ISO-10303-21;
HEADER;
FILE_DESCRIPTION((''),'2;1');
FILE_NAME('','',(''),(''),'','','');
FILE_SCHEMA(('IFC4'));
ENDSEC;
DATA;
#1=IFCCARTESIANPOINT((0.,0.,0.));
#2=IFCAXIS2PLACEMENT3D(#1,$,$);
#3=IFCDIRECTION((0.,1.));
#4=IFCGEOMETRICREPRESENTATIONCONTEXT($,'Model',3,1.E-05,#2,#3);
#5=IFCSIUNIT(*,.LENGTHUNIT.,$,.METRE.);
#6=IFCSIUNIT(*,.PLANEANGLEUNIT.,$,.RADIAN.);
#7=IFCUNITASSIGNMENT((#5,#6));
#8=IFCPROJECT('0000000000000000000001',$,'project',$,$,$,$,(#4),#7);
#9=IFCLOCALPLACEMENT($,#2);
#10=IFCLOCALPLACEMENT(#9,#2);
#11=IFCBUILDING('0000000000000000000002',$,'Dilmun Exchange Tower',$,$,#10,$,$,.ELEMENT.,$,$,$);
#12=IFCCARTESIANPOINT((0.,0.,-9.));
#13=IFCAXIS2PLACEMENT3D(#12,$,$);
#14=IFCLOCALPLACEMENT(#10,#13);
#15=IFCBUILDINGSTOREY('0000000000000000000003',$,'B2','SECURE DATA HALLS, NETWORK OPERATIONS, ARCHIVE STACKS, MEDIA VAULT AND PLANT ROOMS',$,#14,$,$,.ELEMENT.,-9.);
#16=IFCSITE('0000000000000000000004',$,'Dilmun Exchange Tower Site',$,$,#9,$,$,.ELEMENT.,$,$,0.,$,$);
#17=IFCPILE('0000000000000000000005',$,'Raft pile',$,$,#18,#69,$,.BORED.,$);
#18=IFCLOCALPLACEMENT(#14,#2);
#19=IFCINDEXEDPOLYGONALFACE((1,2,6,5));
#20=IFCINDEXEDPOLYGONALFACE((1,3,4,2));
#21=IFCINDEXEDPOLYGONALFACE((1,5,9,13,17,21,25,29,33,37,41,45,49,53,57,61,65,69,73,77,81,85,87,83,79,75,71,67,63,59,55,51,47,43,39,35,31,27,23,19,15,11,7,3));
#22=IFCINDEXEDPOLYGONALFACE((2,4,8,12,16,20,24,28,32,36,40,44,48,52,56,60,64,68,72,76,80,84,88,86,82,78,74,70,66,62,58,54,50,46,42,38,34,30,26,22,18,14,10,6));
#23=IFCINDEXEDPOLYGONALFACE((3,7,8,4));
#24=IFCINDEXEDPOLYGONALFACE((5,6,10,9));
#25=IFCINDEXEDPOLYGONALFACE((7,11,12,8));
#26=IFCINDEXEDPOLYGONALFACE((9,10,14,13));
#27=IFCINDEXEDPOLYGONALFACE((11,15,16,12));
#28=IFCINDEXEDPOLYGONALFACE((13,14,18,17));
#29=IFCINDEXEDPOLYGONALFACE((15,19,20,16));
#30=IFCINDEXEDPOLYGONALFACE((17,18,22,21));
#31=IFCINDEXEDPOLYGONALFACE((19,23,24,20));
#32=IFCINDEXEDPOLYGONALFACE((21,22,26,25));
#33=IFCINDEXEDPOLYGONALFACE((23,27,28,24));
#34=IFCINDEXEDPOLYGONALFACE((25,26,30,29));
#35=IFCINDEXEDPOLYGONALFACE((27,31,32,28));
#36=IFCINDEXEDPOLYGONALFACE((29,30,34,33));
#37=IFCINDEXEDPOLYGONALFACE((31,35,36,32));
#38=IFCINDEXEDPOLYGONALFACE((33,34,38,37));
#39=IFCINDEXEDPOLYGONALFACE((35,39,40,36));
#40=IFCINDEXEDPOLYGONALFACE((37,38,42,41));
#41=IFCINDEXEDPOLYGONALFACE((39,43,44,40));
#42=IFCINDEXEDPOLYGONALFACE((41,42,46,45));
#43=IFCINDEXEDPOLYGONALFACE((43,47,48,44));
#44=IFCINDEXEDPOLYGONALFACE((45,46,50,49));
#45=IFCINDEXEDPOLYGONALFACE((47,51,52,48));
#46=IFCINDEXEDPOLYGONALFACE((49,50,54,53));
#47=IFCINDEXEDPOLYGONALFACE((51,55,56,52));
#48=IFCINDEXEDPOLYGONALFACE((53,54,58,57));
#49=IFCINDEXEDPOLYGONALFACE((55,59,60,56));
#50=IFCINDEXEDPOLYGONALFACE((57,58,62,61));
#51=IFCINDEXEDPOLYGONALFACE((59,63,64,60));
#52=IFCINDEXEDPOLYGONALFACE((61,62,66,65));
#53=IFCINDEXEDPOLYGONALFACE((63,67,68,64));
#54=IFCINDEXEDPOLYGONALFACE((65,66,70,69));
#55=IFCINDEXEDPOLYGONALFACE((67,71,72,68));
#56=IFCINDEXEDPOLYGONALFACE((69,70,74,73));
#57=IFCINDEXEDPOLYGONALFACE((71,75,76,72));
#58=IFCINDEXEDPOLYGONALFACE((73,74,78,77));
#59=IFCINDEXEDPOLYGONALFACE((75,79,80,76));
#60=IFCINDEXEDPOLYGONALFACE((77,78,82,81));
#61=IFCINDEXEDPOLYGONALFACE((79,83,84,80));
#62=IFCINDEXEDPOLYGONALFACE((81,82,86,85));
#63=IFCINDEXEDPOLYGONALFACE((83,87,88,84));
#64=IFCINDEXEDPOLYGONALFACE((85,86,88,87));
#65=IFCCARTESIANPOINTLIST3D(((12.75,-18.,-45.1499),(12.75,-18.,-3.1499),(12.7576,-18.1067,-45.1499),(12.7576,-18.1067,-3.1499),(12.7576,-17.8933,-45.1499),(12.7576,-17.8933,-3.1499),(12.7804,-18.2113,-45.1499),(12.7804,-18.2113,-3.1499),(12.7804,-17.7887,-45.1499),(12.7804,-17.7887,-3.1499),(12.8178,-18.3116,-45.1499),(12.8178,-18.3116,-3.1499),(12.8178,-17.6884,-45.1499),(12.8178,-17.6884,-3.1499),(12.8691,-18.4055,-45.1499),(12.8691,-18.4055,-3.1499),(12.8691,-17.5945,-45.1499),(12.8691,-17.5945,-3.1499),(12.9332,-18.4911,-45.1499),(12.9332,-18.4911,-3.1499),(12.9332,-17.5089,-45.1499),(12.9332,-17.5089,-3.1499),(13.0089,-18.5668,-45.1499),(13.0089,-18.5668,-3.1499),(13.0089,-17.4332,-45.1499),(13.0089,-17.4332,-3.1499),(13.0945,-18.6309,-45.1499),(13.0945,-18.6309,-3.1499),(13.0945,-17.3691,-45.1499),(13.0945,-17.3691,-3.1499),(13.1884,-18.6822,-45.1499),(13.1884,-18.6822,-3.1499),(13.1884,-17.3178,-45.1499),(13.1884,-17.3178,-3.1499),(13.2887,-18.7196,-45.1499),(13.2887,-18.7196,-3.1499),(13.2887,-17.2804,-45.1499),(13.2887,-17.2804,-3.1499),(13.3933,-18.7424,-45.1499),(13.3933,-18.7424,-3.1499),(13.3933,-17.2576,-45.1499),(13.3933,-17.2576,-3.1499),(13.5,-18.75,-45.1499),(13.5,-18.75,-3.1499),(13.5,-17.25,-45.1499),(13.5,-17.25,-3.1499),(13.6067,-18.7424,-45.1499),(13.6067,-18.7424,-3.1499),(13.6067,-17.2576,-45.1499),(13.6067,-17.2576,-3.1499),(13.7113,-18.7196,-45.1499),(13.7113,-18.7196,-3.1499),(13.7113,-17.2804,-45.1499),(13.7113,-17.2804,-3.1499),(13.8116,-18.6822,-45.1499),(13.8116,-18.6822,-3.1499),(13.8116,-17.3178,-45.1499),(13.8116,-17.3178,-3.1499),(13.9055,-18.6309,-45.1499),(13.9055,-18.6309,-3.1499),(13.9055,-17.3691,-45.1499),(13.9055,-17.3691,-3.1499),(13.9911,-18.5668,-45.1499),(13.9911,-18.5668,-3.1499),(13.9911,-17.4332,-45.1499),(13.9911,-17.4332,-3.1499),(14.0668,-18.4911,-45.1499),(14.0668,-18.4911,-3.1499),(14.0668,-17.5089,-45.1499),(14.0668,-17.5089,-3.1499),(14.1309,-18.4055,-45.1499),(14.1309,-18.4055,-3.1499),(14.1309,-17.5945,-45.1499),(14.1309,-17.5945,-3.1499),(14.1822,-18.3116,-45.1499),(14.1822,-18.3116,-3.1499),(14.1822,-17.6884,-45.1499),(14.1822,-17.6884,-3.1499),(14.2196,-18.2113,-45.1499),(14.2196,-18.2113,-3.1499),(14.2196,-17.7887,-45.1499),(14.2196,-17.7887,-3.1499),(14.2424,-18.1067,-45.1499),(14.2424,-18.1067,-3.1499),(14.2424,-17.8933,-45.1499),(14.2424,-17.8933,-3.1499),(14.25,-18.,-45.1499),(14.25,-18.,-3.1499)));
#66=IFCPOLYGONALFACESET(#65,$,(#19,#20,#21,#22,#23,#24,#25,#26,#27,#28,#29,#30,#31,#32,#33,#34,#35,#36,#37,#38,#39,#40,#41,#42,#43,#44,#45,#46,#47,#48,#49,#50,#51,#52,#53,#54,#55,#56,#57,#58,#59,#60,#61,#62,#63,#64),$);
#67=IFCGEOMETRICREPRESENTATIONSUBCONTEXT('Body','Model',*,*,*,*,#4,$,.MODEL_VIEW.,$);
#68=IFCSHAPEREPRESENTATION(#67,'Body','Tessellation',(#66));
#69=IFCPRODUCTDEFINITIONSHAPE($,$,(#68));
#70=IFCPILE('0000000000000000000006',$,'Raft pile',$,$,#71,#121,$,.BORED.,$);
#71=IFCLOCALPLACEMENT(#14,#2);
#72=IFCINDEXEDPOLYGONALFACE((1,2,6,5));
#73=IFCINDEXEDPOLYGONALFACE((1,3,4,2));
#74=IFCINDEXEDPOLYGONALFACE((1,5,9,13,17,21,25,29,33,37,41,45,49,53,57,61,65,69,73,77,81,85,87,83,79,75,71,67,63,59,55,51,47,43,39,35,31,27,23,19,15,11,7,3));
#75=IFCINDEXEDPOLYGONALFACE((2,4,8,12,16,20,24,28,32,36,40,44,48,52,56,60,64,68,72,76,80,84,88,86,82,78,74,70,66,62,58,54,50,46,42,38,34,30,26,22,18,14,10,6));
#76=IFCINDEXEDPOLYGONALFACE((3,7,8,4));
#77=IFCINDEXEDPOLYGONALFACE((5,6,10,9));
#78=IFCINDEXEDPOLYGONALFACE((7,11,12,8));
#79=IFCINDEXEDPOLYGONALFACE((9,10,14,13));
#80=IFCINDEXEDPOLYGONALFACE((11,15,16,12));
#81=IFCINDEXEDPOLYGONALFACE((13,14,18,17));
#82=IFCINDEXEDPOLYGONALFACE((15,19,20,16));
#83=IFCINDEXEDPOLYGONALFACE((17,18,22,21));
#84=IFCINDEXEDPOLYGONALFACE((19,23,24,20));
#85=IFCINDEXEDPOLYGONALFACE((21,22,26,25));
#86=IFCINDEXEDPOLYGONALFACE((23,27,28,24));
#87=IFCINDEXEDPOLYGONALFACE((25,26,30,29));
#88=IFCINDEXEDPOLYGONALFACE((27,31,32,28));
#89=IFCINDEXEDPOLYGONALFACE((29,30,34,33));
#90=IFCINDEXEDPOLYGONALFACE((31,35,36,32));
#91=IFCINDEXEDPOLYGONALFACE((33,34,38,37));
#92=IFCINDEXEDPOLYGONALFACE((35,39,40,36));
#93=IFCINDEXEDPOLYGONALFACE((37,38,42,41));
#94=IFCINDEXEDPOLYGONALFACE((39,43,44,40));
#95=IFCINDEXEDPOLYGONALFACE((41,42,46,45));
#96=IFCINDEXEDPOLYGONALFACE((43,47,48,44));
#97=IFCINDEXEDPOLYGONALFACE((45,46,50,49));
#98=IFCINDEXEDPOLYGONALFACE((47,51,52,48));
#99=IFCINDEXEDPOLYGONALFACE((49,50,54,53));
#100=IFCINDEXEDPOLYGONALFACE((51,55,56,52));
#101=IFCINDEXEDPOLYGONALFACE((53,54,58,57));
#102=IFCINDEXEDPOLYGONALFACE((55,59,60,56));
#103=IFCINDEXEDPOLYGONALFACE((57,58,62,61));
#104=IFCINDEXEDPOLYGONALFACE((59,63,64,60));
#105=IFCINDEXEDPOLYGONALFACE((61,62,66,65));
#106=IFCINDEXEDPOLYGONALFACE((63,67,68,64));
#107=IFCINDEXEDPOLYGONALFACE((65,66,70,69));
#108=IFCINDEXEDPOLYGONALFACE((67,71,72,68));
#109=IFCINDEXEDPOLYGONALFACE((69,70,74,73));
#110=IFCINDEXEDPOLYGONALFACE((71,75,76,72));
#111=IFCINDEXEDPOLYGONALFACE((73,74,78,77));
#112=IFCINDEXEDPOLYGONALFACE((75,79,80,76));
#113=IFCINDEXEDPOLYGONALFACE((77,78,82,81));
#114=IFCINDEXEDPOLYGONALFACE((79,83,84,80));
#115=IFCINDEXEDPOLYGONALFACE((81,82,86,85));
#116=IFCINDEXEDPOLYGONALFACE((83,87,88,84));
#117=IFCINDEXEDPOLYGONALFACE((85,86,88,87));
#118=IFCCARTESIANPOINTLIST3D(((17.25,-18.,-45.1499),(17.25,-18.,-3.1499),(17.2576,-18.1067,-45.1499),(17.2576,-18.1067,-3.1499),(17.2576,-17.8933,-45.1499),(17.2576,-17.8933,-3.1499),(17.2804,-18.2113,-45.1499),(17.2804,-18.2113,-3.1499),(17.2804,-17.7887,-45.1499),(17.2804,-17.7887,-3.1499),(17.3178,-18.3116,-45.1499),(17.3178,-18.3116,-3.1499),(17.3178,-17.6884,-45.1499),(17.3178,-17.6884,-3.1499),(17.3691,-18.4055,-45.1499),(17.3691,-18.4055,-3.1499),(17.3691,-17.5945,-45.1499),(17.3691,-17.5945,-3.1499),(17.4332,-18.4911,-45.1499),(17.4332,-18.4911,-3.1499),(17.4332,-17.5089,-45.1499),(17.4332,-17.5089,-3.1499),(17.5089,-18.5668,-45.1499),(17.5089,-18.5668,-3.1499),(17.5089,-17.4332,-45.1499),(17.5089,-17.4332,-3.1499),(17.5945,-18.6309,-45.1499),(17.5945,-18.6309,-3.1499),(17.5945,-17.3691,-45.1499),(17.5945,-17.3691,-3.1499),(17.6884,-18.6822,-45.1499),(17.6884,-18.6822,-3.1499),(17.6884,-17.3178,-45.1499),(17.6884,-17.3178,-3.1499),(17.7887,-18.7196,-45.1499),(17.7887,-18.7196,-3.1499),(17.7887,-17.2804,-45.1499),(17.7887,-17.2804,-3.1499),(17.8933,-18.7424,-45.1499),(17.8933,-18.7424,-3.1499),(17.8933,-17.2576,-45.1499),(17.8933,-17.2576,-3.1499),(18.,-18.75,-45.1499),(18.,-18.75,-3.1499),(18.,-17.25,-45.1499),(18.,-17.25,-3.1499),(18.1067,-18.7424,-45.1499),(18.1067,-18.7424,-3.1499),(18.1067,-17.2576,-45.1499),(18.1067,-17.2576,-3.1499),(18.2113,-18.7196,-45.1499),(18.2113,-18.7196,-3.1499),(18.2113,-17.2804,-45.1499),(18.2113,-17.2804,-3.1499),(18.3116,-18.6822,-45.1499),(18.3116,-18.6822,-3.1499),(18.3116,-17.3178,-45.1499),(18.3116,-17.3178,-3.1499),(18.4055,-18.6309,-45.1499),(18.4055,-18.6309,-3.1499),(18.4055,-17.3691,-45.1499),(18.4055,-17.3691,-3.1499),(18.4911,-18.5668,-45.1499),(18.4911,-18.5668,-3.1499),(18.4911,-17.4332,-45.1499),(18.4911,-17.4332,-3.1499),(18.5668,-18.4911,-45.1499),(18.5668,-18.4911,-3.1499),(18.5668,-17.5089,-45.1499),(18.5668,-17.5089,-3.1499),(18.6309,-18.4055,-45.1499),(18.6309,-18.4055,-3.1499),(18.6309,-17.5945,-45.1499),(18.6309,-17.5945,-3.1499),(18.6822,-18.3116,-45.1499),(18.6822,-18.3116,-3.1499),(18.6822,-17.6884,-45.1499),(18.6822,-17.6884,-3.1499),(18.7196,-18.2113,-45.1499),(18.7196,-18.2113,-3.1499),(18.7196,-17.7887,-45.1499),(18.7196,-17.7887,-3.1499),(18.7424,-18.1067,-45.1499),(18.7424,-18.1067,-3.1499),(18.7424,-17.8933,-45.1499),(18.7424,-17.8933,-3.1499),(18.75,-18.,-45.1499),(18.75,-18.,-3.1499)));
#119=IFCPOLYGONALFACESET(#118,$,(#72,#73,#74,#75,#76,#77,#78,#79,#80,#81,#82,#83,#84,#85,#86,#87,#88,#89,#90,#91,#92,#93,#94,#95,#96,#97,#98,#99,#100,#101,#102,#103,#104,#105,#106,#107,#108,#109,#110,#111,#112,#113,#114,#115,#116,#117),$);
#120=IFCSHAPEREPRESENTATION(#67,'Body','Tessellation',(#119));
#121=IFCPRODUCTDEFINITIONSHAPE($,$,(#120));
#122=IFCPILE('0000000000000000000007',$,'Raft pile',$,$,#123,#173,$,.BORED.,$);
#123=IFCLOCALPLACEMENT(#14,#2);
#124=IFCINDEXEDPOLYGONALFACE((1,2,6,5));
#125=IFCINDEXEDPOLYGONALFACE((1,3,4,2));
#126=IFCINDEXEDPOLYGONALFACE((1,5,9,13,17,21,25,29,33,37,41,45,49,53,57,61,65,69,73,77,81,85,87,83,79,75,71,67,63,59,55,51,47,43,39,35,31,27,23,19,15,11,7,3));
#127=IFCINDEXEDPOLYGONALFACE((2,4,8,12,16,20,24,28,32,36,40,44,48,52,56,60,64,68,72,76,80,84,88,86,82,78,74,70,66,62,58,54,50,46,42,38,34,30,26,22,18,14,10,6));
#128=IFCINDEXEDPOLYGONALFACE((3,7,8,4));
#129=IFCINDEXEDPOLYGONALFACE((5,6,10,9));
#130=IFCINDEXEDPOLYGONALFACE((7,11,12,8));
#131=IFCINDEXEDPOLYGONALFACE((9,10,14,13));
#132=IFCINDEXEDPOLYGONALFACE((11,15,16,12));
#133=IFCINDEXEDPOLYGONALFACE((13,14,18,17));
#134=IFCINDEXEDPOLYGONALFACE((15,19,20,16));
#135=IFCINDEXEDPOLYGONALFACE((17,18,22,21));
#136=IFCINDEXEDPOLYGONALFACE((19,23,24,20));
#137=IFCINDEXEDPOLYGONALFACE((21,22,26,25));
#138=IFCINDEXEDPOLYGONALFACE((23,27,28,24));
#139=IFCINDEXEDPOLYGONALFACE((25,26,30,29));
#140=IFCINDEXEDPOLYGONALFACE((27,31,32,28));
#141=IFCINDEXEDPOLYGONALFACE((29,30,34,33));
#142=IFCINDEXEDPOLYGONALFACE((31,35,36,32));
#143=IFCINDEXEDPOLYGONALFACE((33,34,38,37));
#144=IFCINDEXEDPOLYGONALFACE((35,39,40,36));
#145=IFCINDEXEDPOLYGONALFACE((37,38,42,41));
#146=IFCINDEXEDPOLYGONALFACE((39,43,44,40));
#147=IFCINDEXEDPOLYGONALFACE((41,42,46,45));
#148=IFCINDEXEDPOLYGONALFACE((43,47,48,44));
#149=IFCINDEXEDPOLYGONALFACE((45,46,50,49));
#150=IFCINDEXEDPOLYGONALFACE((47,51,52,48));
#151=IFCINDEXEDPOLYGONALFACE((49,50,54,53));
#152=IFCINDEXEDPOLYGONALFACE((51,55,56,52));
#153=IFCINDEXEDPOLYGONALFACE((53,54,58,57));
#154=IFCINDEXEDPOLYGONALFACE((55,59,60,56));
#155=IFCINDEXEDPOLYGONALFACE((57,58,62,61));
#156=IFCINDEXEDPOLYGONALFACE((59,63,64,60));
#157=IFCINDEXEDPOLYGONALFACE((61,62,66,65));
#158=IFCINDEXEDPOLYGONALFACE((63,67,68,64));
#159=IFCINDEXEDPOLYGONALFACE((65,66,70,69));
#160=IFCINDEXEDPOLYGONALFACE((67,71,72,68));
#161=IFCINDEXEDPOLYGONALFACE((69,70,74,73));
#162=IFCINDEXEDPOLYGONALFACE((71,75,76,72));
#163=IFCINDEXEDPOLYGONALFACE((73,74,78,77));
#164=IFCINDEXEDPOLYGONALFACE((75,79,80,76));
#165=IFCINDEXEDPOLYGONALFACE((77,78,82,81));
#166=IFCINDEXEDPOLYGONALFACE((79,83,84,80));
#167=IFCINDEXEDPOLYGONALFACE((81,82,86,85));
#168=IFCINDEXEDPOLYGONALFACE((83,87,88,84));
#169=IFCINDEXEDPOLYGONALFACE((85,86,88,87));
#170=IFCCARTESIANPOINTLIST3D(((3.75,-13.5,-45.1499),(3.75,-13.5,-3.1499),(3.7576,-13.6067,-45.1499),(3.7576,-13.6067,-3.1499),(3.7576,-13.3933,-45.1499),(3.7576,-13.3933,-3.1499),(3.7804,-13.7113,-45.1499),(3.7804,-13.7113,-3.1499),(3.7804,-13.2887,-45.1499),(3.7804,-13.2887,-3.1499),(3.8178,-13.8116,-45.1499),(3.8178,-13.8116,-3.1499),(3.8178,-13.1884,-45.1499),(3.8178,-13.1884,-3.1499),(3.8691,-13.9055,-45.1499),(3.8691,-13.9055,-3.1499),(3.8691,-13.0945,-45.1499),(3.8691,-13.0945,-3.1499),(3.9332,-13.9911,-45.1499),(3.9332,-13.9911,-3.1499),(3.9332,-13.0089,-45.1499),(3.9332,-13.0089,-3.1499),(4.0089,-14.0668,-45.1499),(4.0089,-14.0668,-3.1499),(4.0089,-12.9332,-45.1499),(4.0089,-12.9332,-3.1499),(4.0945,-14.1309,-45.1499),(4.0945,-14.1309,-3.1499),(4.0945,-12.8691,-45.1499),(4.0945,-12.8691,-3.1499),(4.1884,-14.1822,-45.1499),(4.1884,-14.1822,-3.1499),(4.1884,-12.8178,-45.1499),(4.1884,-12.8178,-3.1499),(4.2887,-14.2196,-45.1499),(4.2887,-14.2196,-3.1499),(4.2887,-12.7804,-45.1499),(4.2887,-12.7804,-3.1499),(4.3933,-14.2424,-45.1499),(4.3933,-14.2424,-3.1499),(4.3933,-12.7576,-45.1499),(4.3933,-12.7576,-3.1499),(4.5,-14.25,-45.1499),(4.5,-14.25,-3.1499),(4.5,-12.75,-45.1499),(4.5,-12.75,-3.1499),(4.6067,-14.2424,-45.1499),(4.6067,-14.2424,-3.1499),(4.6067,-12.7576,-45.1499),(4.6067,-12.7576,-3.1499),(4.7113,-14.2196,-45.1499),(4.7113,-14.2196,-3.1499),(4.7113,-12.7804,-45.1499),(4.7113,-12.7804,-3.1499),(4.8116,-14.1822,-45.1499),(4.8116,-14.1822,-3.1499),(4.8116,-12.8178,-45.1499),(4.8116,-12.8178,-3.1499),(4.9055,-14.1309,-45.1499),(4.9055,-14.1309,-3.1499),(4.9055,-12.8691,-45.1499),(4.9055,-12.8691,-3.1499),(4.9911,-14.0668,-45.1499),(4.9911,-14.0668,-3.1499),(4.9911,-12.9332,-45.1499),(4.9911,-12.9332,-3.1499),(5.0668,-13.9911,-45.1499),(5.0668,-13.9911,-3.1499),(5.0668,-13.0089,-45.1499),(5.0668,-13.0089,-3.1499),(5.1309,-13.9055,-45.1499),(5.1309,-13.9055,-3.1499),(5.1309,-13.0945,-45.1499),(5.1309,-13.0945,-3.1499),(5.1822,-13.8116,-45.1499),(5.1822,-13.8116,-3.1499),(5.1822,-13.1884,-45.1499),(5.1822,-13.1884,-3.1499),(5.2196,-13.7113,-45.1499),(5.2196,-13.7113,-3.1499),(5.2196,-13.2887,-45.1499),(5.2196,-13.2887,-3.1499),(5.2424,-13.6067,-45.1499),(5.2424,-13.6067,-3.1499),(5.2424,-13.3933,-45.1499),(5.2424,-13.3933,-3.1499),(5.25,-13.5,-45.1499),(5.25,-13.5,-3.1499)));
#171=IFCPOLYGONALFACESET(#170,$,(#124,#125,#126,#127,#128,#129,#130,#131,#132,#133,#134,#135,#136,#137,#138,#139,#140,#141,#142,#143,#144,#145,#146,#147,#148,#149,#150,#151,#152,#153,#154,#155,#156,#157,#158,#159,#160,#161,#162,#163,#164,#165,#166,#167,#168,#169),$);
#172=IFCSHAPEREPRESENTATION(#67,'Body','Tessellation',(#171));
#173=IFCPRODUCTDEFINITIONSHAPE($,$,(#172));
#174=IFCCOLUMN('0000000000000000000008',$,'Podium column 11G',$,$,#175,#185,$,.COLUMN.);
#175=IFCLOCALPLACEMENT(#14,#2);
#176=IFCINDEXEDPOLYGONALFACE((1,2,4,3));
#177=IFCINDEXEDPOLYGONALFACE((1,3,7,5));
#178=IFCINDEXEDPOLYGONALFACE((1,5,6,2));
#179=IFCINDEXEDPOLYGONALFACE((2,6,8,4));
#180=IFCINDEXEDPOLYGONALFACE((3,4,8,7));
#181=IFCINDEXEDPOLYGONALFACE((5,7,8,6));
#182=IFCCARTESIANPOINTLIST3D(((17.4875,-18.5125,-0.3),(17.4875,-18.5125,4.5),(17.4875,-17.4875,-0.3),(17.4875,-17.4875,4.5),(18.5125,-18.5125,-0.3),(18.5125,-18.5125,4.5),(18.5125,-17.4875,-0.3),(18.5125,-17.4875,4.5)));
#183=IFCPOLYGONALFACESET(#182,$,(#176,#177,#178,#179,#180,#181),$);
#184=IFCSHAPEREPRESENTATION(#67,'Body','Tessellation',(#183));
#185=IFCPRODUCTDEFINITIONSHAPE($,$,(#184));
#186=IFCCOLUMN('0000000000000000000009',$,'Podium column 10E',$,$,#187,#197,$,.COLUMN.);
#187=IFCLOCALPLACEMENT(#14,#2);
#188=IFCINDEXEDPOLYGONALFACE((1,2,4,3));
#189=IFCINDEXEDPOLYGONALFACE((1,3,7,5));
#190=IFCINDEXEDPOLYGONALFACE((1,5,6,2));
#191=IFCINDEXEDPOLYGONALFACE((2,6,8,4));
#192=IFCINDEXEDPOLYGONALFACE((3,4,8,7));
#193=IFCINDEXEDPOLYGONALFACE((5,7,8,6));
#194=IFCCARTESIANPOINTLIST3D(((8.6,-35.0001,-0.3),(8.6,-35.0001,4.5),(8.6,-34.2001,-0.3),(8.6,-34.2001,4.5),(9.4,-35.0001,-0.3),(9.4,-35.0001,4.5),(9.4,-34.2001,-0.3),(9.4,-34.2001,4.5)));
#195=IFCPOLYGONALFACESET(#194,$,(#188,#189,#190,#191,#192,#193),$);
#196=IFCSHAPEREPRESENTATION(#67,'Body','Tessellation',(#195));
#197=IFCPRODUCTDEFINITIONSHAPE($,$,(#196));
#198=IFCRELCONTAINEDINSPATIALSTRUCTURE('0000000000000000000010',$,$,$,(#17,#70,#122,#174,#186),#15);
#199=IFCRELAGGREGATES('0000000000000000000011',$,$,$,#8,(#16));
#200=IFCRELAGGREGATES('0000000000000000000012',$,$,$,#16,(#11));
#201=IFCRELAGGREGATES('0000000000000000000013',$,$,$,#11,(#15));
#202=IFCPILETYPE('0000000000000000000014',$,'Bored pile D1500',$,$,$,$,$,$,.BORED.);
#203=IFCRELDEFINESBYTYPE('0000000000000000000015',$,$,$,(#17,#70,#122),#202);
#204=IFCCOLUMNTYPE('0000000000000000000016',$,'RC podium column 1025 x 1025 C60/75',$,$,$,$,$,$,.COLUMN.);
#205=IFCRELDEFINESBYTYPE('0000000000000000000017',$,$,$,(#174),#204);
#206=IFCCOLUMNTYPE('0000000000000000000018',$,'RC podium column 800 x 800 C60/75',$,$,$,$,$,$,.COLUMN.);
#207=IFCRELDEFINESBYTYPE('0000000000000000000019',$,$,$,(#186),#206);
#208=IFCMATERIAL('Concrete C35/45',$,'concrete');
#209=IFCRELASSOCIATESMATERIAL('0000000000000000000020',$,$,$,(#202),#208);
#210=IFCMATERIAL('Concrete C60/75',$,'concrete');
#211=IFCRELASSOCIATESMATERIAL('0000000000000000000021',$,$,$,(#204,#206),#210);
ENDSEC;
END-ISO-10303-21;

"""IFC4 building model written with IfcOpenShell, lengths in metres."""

from ifc_helpers import new_model, si_unit, direction, frame, origin, origin_2d, place, context, subcontext, project, spatial, rectangle, circle, extrude, material, material_profile, profile_set, type_object, element, save


model = new_model("IFC4")

# Units and contexts
model_context = context("Model", 3, precision=1e-05, world=origin(), true_north=direction((0.0, 1.0)))
body_context = subcontext(model_context, "Body", "Model", "MODEL_VIEW")
ifc_project = project(units=[si_unit("LENGTHUNIT", "METRE"), si_unit("PLANEANGLEUNIT", "RADIAN")], contexts=[model_context])

# Site, building, storey
site_placement = place(None, origin())
site = spatial("IfcSite", under=ifc_project, at=site_placement, Name="Dilmun Exchange Tower Site", CompositionType="ELEMENT", RefElevation=0.0)
building_placement = place(site_placement, origin())
building = spatial("IfcBuilding", under=site, at=building_placement, Name="Dilmun Exchange Tower", CompositionType="ELEMENT")
storey_placement = place(building_placement, frame((0.0, 0.0, -9.0)))
storey = spatial("IfcBuildingStorey", under=building, at=storey_placement, Name="B2", Description="SECURE DATA HALLS, NETWORK OPERATIONS, ARCHIVE STACKS, MEDIA VAULT AND PLANT ROOMS", CompositionType="ELEMENT", Elevation=-9.0)

# Piles
ifc_material_1 = material(Name="Concrete C35/45", Category="concrete")
ifc_material_profile_1 = material_profile(ifc_material_1, circle(Radius=0.75, at=origin_2d()), Name="D1500")
ifc_profile_set_1 = profile_set([ifc_material_profile_1], Name="Concrete C35/45")
pile_type = type_object("IfcPileType", Name="Bored pile D1500", PredefinedType="BORED", material=ifc_profile_set_1)
for number, where, z_axis, x_axis, name in (
    (1, (13.5, -18.0, -3.1499), (0.0, 0.0, -1.0), (1.0, 0.0, 0.0), "Raft pile"),
    (2, (18.0, -18.0, -3.1499), (0.0, 0.0, -1.0), (1.0, 0.0, 0.0), "Raft pile"),
    (3, (4.5, -13.5, -3.1499), (0.0, 0.0, -1.0), (1.0, 0.0, 0.0), "Raft pile"),
):
    element("IfcPile", number, at=place(storey_placement, frame(where, z_axis=z_axis, x_axis=x_axis)), inside=storey, type_object=pile_type, Name=name, PredefinedType="BORED", context=body_context, shape_type="SweptSolid", body=[
        extrude(circle(Radius=0.75, at=origin_2d()), origin(), (0.0, 0.0, 1.0), 42.0),
    ])

# Columns
ifc_material_2 = material(Name="Concrete C60/75", Category="concrete")
ifc_material_profile_2 = material_profile(ifc_material_2, rectangle(XDim=1.0249, YDim=1.0249, at=origin_2d()), Name="1025 x 1025")
ifc_profile_set_2 = profile_set([ifc_material_profile_2], Name="Concrete C60/75")
column_type_1 = type_object("IfcColumnType", Name="RC podium column 1025 x 1025 C60/75", PredefinedType="COLUMN", material=ifc_profile_set_2)
column_1_placement = place(storey_placement, frame((18.0, -18.0, -0.3), z_axis=(0.0, 0.0, 1.0), x_axis=(1.0, 0.0, 0.0)))
element("IfcColumn", 4, at=column_1_placement, inside=storey, type_object=column_type_1, Name="Podium column 11G", PredefinedType="COLUMN", context=body_context, shape_type="SweptSolid", body=[
    extrude(rectangle(XDim=1.0249, YDim=1.0249, at=origin_2d()), origin(), (0.0, 0.0, 1.0), 4.8),
])
ifc_material_profile_3 = material_profile(ifc_material_2, rectangle(XDim=0.8, YDim=0.8, at=origin_2d()), Name="800 x 800")
ifc_profile_set_3 = profile_set([ifc_material_profile_3], Name="Concrete C60/75")
column_type_2 = type_object("IfcColumnType", Name="RC podium column 800 x 800 C60/75", PredefinedType="COLUMN", material=ifc_profile_set_3)
column_2_placement = place(storey_placement, frame((9.0, -34.6001, -0.3), z_axis=(0.0, 0.0, 1.0), x_axis=(1.0, 0.0, 0.0)))
element("IfcColumn", 5, at=column_2_placement, inside=storey, type_object=column_type_2, Name="Podium column 10E", PredefinedType="COLUMN", context=body_context, shape_type="SweptSolid", body=[
    extrude(rectangle(XDim=0.8, YDim=0.8, at=origin_2d()), origin(), (0.0, 0.0, 1.0), 4.8),
])

save(model, "model.ifc")
